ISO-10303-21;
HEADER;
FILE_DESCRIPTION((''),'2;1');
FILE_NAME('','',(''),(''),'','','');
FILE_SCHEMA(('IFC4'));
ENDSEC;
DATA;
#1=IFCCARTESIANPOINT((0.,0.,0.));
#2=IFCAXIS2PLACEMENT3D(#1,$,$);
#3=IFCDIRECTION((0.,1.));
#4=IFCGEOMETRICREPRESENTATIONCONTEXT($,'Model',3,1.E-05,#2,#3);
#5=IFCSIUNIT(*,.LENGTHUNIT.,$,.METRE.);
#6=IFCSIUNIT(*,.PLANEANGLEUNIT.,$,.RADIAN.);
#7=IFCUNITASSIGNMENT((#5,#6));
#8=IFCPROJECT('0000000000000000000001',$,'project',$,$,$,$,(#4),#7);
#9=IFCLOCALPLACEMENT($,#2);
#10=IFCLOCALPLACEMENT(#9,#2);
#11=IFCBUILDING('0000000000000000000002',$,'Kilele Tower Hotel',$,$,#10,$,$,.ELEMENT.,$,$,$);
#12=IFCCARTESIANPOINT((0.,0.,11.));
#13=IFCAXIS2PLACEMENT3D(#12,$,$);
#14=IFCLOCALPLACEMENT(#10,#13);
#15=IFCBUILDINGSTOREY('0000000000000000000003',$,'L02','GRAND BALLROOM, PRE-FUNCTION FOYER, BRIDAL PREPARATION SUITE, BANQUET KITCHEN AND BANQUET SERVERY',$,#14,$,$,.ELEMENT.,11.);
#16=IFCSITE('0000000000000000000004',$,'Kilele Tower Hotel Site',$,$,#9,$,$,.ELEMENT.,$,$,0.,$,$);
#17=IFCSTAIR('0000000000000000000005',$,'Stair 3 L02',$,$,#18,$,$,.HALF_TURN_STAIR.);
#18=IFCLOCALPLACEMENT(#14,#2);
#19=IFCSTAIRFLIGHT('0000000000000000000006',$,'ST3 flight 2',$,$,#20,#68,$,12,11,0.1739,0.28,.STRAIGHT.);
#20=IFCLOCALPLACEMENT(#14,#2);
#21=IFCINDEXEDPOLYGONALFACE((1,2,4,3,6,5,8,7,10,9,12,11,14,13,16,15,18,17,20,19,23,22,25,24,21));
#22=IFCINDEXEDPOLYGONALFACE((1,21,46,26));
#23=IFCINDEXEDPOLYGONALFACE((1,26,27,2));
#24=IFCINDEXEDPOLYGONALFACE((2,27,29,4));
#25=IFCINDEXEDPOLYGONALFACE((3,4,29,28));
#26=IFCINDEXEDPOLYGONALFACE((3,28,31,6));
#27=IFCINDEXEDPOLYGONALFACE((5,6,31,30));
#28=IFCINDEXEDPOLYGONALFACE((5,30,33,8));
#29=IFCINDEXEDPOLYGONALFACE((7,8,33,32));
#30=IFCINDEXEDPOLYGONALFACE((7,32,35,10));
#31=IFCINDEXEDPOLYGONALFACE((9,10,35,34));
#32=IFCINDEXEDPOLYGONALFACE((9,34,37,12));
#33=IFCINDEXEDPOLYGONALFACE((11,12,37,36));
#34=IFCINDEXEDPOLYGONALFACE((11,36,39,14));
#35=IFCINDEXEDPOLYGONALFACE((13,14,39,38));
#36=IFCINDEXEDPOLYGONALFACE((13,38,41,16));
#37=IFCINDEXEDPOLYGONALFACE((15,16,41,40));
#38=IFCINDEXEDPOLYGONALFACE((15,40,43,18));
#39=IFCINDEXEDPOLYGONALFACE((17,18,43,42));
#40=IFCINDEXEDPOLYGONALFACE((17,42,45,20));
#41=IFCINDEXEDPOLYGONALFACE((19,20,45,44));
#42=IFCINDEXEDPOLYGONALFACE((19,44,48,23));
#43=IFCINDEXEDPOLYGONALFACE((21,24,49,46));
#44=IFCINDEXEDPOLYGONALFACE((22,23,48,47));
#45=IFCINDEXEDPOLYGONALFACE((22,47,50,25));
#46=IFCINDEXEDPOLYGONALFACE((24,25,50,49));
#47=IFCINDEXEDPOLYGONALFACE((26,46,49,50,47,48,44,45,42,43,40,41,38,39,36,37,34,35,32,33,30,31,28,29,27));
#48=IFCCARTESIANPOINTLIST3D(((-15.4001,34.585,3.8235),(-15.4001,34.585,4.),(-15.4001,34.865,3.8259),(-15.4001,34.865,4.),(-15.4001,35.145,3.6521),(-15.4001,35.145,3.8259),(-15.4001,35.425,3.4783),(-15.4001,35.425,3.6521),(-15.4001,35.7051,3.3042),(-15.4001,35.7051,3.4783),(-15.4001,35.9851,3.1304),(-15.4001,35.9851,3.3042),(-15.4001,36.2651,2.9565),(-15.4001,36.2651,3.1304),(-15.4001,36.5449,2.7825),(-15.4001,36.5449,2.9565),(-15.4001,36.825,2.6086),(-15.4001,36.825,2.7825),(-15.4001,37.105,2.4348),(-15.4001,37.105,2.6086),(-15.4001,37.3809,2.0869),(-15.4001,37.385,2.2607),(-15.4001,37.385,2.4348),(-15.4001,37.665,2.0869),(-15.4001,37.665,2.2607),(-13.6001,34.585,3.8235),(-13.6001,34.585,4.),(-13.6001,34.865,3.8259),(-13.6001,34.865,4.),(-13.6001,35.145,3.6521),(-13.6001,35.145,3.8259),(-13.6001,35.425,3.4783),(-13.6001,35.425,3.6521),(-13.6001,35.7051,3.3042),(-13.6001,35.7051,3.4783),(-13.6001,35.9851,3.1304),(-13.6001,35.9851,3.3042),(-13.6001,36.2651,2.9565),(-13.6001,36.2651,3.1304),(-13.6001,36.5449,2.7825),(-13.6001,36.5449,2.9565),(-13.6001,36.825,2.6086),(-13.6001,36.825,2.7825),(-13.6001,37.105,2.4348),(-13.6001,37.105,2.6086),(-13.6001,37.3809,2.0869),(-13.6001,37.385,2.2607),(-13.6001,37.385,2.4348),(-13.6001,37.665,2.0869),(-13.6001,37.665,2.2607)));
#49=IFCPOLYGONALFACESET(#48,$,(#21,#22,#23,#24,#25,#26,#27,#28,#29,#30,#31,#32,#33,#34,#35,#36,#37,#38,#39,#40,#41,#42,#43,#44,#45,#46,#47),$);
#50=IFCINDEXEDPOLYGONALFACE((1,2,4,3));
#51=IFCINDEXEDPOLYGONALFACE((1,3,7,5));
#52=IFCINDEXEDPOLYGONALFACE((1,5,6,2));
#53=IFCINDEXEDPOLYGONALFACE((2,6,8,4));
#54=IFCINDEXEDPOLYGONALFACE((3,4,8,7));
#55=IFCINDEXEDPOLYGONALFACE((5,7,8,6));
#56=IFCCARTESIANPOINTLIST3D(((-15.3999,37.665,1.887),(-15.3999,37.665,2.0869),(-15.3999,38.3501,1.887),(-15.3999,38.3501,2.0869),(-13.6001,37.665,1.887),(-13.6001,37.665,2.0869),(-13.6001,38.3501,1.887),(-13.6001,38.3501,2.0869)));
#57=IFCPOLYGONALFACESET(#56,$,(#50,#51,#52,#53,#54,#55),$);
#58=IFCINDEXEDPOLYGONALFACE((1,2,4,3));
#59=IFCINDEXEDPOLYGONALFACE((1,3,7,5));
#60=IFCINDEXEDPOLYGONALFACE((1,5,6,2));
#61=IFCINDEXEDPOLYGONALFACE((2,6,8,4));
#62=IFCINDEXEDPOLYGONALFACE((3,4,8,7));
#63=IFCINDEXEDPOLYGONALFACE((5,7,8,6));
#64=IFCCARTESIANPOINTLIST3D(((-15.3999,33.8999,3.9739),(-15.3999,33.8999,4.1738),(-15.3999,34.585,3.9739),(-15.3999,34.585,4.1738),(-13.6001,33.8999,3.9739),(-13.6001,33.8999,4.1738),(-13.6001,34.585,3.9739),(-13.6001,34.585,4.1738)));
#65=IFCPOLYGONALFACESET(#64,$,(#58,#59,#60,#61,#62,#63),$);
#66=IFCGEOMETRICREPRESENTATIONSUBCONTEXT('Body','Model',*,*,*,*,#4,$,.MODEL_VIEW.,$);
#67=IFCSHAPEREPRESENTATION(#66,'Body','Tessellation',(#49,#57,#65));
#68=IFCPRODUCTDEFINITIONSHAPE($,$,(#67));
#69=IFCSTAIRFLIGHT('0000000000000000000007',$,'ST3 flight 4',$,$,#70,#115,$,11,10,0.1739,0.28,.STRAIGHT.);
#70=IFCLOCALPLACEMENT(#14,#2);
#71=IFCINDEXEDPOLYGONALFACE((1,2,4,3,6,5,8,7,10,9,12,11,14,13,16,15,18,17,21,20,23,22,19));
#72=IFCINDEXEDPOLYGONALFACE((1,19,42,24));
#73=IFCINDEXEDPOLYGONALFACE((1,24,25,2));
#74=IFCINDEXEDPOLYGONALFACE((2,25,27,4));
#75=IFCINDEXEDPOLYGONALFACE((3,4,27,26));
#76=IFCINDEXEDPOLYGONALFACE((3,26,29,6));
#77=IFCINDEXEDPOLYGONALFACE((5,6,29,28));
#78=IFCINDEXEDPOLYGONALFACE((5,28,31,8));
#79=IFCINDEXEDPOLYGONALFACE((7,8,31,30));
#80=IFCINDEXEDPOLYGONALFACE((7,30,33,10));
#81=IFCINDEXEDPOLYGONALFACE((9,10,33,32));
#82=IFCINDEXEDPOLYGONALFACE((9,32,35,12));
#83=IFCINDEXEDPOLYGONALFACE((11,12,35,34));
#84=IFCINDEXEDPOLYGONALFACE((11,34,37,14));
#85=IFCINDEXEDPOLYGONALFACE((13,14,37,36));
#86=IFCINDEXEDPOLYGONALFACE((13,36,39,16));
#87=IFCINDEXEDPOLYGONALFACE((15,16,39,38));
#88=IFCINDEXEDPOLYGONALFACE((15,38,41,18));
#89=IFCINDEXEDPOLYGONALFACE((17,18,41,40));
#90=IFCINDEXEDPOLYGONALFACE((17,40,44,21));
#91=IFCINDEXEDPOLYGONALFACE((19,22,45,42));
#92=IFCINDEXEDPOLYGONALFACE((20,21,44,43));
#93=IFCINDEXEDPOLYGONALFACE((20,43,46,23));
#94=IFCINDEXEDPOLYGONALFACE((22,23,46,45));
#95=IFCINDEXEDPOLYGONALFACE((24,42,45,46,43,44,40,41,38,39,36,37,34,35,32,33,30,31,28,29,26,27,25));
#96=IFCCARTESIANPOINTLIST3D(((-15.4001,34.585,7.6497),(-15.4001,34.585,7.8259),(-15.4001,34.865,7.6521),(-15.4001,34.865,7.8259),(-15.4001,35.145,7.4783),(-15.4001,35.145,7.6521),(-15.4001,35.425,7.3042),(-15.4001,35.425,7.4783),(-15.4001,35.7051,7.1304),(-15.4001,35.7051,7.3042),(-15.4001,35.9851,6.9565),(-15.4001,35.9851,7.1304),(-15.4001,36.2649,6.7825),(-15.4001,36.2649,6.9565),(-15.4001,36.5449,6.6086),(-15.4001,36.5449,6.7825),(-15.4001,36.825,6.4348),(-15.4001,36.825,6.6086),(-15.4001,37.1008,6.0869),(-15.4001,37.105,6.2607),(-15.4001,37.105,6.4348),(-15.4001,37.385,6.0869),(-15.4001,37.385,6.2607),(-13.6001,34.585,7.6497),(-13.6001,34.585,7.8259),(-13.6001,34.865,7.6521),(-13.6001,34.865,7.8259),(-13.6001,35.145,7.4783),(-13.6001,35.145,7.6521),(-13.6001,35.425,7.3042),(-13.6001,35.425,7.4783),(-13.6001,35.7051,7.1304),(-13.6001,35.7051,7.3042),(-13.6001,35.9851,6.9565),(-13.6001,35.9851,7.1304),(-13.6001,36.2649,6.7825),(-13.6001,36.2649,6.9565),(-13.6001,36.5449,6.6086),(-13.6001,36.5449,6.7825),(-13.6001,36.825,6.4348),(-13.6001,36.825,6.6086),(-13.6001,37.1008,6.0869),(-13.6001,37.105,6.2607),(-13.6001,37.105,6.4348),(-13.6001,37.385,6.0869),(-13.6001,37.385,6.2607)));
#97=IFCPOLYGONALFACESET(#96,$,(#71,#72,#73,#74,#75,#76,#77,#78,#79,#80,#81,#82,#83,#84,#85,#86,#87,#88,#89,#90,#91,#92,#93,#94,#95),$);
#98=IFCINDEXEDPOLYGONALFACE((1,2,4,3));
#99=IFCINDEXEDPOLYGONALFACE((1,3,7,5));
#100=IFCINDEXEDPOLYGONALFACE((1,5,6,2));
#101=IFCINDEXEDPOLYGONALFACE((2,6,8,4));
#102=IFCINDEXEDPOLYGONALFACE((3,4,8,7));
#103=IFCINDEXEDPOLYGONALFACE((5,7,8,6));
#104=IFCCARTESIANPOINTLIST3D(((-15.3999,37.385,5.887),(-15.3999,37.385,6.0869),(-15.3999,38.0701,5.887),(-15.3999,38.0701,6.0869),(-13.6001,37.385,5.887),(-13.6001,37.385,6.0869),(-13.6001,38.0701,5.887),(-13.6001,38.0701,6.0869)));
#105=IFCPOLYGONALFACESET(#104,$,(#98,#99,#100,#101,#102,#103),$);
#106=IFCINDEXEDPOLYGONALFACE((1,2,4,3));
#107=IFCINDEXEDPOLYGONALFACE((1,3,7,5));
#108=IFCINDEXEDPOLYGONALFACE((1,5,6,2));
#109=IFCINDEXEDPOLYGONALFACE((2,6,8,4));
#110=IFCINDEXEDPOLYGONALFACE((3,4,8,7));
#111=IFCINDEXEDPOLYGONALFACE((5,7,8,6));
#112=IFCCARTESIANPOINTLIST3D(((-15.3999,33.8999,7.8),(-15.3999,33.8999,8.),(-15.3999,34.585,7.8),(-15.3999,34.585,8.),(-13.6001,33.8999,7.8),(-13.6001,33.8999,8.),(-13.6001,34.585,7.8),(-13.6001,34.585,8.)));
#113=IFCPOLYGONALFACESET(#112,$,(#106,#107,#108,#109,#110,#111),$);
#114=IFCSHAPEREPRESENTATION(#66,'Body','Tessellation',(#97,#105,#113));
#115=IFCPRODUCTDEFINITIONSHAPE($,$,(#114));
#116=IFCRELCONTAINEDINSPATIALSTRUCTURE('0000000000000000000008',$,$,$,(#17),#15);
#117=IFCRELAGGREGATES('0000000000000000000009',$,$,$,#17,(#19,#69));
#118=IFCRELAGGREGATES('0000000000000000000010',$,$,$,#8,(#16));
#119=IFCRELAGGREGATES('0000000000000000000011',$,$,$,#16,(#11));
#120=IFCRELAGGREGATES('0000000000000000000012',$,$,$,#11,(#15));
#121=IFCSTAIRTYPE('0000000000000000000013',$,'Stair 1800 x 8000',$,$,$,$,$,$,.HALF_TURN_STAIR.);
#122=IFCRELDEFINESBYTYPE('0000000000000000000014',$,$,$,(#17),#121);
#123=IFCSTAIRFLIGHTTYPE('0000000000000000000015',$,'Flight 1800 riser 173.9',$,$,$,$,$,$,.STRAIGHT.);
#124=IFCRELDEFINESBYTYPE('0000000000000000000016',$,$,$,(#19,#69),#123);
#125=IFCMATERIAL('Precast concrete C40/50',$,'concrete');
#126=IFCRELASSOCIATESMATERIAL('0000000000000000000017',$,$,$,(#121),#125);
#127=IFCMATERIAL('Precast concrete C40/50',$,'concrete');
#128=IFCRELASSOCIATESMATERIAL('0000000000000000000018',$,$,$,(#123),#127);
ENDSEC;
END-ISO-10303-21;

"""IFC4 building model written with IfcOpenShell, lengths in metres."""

from ifc_helpers import new_model, si_unit, direction, frame, origin, place, context, subcontext, project, spatial, polyline, outline, extrude, material, type_object, element, aggregate, save


model = new_model("IFC4")

# Units and contexts
model_context = context("Model", 3, precision=1e-05, world=origin(), true_north=direction((0.0, 1.0)))
body_context = subcontext(model_context, "Body", "Model", "MODEL_VIEW")
ifc_project = project(units=[si_unit("LENGTHUNIT", "METRE"), si_unit("PLANEANGLEUNIT", "RADIAN")], contexts=[model_context])

# Site, building, storey
site_placement = place(None, origin())
site = spatial("IfcSite", under=ifc_project, at=site_placement, Name="Kilele Tower Hotel Site", CompositionType="ELEMENT", RefElevation=0.0)
building_placement = place(site_placement, origin())
building = spatial("IfcBuilding", under=site, at=building_placement, Name="Kilele Tower Hotel", CompositionType="ELEMENT")
storey_placement = place(building_placement, frame((0.0, 0.0, 11.0)))
storey = spatial("IfcBuildingStorey", under=building, at=storey_placement, Name="L02", Description="GRAND BALLROOM, PRE-FUNCTION FOYER, BRIDAL PREPARATION SUITE, BANQUET KITCHEN AND BANQUET SERVERY", CompositionType="ELEMENT", Elevation=11.0)

# Stair, stair flights
ifc_material_1 = material(Name="Precast concrete C40/50", Category="concrete")
stair_type = type_object("IfcStairType", Name="Stair 1800 x 8000", PredefinedType="HALF_TURN_STAIR", material=ifc_material_1)
stair_placement = place(storey_placement, origin())
stair = element("IfcStair", 1, at=stair_placement, inside=storey, type_object=stair_type, Name="Stair 3 L02", PredefinedType="HALF_TURN_STAIR")
ifc_material_2 = material(Name="Precast concrete C40/50", Category="concrete")
stair_flight_type = type_object("IfcStairFlightType", Name="Flight 1800 riser 173.9", PredefinedType="STRAIGHT", material=ifc_material_2)
stair_flight_1_placement = place(storey_placement, frame((-14.5, 37.665, 2.0869), z_axis=(0.0, 0.0, 1.0), x_axis=(0.0, -1.0, 0.0)))
stair_flight_1 = element("IfcStairFlight", 2, at=stair_flight_1_placement, type_object=stair_flight_type, Name="ST3 flight 2", NumberOfRisers=12, NumberOfTreads=11, PredefinedType="STRAIGHT", RiserHeight=0.1739, TreadLength=0.28, context=body_context, shape_type="SweptSolid", body=[
    extrude(outline(polyline([(0.0, 0.0), (0.0, 0.1738), (0.28, 0.1738), (0.28, 0.3479), (0.5601, 0.3479), (0.5601, 0.5217), (0.8401, 0.5217), (0.8401, 0.6956), (1.1201, 0.6956), (1.1201, 0.8696), (1.3999, 0.8696), (1.3999, 1.0435), (1.6799, 1.0435), (1.6799, 1.2173), (1.96, 1.2173), (1.96, 1.3914), (2.24, 1.3914), (2.24, 1.5652), (2.52, 1.5652), (2.52, 1.739), (2.8, 1.739), (2.8, 1.9131), (3.0801, 1.9131), (3.0801, 2.0869), (3.0801, 1.7366), (0.2842, 0.0), (0.0, 0.0)])), frame((0.0, 0.8999, 0.0), z_axis=(0.0, -1.0, 0.0), x_axis=(1.0, 0.0, 0.0)), (0.0, 0.0, 1.0), 1.8),
    extrude(outline(polyline([(0.0, -0.8999), (0.0, 0.8999), (-0.6851, 0.8999), (-0.6851, -0.8999), (0.0, -0.8999)])), frame((0.0, 0.0, -0.2)), (0.0, 0.0, 1.0), 0.2),
    extrude(outline(polyline([(3.7651, -0.8999), (3.7651, 0.8999), (3.0801, 0.8999), (3.0801, -0.8999), (3.7651, -0.8999)])), frame((0.0, 0.0, 1.887)), (0.0, 0.0, 1.0), 0.2),
])
stair_flight_2_placement = place(storey_placement, frame((-14.5, 37.385, 6.0869), z_axis=(0.0, 0.0, 1.0), x_axis=(0.0, -1.0, 0.0)))
stair_flight_2 = element("IfcStairFlight", 3, at=stair_flight_2_placement, type_object=stair_flight_type, Name="ST3 flight 4", NumberOfRisers=11, NumberOfTreads=10, PredefinedType="STRAIGHT", RiserHeight=0.1739, TreadLength=0.28, context=body_context, shape_type="SweptSolid", body=[
    extrude(outline(polyline([(0.0, 0.0), (0.0, 0.1738), (0.28, 0.1738), (0.28, 0.3479), (0.5601, 0.3479), (0.5601, 0.5217), (0.8401, 0.5217), (0.8401, 0.6956), (1.1201, 0.6956), (1.1201, 0.8696), (1.3999, 0.8696), (1.3999, 1.0435), (1.6799, 1.0435), (1.6799, 1.2173), (1.96, 1.2173), (1.96, 1.3914), (2.24, 1.3914), (2.24, 1.5652), (2.52, 1.5652), (2.52, 1.739), (2.8, 1.739), (2.8, 1.9131), (2.8, 1.5627), (0.2842, 0.0), (0.0, 0.0)])), frame((0.0, 0.8999, 0.0), z_axis=(0.0, -1.0, 0.0), x_axis=(1.0, 0.0, 0.0)), (0.0, 0.0, 1.0), 1.8),
    extrude(outline(polyline([(0.0, -0.8999), (0.0, 0.8999), (-0.6851, 0.8999), (-0.6851, -0.8999), (0.0, -0.8999)])), frame((0.0, 0.0, -0.2)), (0.0, 0.0, 1.0), 0.2),
    extrude(outline(polyline([(3.4851, -0.8999), (3.4851, 0.8999), (2.8, 0.8999), (2.8, -0.8999), (3.4851, -0.8999)])), frame((0.0, 0.0, 1.7131)), (0.0, 0.0, 1.0), 0.2),
])
aggregate(stair, [stair_flight_1, stair_flight_2])

save(model, "model.ifc")
